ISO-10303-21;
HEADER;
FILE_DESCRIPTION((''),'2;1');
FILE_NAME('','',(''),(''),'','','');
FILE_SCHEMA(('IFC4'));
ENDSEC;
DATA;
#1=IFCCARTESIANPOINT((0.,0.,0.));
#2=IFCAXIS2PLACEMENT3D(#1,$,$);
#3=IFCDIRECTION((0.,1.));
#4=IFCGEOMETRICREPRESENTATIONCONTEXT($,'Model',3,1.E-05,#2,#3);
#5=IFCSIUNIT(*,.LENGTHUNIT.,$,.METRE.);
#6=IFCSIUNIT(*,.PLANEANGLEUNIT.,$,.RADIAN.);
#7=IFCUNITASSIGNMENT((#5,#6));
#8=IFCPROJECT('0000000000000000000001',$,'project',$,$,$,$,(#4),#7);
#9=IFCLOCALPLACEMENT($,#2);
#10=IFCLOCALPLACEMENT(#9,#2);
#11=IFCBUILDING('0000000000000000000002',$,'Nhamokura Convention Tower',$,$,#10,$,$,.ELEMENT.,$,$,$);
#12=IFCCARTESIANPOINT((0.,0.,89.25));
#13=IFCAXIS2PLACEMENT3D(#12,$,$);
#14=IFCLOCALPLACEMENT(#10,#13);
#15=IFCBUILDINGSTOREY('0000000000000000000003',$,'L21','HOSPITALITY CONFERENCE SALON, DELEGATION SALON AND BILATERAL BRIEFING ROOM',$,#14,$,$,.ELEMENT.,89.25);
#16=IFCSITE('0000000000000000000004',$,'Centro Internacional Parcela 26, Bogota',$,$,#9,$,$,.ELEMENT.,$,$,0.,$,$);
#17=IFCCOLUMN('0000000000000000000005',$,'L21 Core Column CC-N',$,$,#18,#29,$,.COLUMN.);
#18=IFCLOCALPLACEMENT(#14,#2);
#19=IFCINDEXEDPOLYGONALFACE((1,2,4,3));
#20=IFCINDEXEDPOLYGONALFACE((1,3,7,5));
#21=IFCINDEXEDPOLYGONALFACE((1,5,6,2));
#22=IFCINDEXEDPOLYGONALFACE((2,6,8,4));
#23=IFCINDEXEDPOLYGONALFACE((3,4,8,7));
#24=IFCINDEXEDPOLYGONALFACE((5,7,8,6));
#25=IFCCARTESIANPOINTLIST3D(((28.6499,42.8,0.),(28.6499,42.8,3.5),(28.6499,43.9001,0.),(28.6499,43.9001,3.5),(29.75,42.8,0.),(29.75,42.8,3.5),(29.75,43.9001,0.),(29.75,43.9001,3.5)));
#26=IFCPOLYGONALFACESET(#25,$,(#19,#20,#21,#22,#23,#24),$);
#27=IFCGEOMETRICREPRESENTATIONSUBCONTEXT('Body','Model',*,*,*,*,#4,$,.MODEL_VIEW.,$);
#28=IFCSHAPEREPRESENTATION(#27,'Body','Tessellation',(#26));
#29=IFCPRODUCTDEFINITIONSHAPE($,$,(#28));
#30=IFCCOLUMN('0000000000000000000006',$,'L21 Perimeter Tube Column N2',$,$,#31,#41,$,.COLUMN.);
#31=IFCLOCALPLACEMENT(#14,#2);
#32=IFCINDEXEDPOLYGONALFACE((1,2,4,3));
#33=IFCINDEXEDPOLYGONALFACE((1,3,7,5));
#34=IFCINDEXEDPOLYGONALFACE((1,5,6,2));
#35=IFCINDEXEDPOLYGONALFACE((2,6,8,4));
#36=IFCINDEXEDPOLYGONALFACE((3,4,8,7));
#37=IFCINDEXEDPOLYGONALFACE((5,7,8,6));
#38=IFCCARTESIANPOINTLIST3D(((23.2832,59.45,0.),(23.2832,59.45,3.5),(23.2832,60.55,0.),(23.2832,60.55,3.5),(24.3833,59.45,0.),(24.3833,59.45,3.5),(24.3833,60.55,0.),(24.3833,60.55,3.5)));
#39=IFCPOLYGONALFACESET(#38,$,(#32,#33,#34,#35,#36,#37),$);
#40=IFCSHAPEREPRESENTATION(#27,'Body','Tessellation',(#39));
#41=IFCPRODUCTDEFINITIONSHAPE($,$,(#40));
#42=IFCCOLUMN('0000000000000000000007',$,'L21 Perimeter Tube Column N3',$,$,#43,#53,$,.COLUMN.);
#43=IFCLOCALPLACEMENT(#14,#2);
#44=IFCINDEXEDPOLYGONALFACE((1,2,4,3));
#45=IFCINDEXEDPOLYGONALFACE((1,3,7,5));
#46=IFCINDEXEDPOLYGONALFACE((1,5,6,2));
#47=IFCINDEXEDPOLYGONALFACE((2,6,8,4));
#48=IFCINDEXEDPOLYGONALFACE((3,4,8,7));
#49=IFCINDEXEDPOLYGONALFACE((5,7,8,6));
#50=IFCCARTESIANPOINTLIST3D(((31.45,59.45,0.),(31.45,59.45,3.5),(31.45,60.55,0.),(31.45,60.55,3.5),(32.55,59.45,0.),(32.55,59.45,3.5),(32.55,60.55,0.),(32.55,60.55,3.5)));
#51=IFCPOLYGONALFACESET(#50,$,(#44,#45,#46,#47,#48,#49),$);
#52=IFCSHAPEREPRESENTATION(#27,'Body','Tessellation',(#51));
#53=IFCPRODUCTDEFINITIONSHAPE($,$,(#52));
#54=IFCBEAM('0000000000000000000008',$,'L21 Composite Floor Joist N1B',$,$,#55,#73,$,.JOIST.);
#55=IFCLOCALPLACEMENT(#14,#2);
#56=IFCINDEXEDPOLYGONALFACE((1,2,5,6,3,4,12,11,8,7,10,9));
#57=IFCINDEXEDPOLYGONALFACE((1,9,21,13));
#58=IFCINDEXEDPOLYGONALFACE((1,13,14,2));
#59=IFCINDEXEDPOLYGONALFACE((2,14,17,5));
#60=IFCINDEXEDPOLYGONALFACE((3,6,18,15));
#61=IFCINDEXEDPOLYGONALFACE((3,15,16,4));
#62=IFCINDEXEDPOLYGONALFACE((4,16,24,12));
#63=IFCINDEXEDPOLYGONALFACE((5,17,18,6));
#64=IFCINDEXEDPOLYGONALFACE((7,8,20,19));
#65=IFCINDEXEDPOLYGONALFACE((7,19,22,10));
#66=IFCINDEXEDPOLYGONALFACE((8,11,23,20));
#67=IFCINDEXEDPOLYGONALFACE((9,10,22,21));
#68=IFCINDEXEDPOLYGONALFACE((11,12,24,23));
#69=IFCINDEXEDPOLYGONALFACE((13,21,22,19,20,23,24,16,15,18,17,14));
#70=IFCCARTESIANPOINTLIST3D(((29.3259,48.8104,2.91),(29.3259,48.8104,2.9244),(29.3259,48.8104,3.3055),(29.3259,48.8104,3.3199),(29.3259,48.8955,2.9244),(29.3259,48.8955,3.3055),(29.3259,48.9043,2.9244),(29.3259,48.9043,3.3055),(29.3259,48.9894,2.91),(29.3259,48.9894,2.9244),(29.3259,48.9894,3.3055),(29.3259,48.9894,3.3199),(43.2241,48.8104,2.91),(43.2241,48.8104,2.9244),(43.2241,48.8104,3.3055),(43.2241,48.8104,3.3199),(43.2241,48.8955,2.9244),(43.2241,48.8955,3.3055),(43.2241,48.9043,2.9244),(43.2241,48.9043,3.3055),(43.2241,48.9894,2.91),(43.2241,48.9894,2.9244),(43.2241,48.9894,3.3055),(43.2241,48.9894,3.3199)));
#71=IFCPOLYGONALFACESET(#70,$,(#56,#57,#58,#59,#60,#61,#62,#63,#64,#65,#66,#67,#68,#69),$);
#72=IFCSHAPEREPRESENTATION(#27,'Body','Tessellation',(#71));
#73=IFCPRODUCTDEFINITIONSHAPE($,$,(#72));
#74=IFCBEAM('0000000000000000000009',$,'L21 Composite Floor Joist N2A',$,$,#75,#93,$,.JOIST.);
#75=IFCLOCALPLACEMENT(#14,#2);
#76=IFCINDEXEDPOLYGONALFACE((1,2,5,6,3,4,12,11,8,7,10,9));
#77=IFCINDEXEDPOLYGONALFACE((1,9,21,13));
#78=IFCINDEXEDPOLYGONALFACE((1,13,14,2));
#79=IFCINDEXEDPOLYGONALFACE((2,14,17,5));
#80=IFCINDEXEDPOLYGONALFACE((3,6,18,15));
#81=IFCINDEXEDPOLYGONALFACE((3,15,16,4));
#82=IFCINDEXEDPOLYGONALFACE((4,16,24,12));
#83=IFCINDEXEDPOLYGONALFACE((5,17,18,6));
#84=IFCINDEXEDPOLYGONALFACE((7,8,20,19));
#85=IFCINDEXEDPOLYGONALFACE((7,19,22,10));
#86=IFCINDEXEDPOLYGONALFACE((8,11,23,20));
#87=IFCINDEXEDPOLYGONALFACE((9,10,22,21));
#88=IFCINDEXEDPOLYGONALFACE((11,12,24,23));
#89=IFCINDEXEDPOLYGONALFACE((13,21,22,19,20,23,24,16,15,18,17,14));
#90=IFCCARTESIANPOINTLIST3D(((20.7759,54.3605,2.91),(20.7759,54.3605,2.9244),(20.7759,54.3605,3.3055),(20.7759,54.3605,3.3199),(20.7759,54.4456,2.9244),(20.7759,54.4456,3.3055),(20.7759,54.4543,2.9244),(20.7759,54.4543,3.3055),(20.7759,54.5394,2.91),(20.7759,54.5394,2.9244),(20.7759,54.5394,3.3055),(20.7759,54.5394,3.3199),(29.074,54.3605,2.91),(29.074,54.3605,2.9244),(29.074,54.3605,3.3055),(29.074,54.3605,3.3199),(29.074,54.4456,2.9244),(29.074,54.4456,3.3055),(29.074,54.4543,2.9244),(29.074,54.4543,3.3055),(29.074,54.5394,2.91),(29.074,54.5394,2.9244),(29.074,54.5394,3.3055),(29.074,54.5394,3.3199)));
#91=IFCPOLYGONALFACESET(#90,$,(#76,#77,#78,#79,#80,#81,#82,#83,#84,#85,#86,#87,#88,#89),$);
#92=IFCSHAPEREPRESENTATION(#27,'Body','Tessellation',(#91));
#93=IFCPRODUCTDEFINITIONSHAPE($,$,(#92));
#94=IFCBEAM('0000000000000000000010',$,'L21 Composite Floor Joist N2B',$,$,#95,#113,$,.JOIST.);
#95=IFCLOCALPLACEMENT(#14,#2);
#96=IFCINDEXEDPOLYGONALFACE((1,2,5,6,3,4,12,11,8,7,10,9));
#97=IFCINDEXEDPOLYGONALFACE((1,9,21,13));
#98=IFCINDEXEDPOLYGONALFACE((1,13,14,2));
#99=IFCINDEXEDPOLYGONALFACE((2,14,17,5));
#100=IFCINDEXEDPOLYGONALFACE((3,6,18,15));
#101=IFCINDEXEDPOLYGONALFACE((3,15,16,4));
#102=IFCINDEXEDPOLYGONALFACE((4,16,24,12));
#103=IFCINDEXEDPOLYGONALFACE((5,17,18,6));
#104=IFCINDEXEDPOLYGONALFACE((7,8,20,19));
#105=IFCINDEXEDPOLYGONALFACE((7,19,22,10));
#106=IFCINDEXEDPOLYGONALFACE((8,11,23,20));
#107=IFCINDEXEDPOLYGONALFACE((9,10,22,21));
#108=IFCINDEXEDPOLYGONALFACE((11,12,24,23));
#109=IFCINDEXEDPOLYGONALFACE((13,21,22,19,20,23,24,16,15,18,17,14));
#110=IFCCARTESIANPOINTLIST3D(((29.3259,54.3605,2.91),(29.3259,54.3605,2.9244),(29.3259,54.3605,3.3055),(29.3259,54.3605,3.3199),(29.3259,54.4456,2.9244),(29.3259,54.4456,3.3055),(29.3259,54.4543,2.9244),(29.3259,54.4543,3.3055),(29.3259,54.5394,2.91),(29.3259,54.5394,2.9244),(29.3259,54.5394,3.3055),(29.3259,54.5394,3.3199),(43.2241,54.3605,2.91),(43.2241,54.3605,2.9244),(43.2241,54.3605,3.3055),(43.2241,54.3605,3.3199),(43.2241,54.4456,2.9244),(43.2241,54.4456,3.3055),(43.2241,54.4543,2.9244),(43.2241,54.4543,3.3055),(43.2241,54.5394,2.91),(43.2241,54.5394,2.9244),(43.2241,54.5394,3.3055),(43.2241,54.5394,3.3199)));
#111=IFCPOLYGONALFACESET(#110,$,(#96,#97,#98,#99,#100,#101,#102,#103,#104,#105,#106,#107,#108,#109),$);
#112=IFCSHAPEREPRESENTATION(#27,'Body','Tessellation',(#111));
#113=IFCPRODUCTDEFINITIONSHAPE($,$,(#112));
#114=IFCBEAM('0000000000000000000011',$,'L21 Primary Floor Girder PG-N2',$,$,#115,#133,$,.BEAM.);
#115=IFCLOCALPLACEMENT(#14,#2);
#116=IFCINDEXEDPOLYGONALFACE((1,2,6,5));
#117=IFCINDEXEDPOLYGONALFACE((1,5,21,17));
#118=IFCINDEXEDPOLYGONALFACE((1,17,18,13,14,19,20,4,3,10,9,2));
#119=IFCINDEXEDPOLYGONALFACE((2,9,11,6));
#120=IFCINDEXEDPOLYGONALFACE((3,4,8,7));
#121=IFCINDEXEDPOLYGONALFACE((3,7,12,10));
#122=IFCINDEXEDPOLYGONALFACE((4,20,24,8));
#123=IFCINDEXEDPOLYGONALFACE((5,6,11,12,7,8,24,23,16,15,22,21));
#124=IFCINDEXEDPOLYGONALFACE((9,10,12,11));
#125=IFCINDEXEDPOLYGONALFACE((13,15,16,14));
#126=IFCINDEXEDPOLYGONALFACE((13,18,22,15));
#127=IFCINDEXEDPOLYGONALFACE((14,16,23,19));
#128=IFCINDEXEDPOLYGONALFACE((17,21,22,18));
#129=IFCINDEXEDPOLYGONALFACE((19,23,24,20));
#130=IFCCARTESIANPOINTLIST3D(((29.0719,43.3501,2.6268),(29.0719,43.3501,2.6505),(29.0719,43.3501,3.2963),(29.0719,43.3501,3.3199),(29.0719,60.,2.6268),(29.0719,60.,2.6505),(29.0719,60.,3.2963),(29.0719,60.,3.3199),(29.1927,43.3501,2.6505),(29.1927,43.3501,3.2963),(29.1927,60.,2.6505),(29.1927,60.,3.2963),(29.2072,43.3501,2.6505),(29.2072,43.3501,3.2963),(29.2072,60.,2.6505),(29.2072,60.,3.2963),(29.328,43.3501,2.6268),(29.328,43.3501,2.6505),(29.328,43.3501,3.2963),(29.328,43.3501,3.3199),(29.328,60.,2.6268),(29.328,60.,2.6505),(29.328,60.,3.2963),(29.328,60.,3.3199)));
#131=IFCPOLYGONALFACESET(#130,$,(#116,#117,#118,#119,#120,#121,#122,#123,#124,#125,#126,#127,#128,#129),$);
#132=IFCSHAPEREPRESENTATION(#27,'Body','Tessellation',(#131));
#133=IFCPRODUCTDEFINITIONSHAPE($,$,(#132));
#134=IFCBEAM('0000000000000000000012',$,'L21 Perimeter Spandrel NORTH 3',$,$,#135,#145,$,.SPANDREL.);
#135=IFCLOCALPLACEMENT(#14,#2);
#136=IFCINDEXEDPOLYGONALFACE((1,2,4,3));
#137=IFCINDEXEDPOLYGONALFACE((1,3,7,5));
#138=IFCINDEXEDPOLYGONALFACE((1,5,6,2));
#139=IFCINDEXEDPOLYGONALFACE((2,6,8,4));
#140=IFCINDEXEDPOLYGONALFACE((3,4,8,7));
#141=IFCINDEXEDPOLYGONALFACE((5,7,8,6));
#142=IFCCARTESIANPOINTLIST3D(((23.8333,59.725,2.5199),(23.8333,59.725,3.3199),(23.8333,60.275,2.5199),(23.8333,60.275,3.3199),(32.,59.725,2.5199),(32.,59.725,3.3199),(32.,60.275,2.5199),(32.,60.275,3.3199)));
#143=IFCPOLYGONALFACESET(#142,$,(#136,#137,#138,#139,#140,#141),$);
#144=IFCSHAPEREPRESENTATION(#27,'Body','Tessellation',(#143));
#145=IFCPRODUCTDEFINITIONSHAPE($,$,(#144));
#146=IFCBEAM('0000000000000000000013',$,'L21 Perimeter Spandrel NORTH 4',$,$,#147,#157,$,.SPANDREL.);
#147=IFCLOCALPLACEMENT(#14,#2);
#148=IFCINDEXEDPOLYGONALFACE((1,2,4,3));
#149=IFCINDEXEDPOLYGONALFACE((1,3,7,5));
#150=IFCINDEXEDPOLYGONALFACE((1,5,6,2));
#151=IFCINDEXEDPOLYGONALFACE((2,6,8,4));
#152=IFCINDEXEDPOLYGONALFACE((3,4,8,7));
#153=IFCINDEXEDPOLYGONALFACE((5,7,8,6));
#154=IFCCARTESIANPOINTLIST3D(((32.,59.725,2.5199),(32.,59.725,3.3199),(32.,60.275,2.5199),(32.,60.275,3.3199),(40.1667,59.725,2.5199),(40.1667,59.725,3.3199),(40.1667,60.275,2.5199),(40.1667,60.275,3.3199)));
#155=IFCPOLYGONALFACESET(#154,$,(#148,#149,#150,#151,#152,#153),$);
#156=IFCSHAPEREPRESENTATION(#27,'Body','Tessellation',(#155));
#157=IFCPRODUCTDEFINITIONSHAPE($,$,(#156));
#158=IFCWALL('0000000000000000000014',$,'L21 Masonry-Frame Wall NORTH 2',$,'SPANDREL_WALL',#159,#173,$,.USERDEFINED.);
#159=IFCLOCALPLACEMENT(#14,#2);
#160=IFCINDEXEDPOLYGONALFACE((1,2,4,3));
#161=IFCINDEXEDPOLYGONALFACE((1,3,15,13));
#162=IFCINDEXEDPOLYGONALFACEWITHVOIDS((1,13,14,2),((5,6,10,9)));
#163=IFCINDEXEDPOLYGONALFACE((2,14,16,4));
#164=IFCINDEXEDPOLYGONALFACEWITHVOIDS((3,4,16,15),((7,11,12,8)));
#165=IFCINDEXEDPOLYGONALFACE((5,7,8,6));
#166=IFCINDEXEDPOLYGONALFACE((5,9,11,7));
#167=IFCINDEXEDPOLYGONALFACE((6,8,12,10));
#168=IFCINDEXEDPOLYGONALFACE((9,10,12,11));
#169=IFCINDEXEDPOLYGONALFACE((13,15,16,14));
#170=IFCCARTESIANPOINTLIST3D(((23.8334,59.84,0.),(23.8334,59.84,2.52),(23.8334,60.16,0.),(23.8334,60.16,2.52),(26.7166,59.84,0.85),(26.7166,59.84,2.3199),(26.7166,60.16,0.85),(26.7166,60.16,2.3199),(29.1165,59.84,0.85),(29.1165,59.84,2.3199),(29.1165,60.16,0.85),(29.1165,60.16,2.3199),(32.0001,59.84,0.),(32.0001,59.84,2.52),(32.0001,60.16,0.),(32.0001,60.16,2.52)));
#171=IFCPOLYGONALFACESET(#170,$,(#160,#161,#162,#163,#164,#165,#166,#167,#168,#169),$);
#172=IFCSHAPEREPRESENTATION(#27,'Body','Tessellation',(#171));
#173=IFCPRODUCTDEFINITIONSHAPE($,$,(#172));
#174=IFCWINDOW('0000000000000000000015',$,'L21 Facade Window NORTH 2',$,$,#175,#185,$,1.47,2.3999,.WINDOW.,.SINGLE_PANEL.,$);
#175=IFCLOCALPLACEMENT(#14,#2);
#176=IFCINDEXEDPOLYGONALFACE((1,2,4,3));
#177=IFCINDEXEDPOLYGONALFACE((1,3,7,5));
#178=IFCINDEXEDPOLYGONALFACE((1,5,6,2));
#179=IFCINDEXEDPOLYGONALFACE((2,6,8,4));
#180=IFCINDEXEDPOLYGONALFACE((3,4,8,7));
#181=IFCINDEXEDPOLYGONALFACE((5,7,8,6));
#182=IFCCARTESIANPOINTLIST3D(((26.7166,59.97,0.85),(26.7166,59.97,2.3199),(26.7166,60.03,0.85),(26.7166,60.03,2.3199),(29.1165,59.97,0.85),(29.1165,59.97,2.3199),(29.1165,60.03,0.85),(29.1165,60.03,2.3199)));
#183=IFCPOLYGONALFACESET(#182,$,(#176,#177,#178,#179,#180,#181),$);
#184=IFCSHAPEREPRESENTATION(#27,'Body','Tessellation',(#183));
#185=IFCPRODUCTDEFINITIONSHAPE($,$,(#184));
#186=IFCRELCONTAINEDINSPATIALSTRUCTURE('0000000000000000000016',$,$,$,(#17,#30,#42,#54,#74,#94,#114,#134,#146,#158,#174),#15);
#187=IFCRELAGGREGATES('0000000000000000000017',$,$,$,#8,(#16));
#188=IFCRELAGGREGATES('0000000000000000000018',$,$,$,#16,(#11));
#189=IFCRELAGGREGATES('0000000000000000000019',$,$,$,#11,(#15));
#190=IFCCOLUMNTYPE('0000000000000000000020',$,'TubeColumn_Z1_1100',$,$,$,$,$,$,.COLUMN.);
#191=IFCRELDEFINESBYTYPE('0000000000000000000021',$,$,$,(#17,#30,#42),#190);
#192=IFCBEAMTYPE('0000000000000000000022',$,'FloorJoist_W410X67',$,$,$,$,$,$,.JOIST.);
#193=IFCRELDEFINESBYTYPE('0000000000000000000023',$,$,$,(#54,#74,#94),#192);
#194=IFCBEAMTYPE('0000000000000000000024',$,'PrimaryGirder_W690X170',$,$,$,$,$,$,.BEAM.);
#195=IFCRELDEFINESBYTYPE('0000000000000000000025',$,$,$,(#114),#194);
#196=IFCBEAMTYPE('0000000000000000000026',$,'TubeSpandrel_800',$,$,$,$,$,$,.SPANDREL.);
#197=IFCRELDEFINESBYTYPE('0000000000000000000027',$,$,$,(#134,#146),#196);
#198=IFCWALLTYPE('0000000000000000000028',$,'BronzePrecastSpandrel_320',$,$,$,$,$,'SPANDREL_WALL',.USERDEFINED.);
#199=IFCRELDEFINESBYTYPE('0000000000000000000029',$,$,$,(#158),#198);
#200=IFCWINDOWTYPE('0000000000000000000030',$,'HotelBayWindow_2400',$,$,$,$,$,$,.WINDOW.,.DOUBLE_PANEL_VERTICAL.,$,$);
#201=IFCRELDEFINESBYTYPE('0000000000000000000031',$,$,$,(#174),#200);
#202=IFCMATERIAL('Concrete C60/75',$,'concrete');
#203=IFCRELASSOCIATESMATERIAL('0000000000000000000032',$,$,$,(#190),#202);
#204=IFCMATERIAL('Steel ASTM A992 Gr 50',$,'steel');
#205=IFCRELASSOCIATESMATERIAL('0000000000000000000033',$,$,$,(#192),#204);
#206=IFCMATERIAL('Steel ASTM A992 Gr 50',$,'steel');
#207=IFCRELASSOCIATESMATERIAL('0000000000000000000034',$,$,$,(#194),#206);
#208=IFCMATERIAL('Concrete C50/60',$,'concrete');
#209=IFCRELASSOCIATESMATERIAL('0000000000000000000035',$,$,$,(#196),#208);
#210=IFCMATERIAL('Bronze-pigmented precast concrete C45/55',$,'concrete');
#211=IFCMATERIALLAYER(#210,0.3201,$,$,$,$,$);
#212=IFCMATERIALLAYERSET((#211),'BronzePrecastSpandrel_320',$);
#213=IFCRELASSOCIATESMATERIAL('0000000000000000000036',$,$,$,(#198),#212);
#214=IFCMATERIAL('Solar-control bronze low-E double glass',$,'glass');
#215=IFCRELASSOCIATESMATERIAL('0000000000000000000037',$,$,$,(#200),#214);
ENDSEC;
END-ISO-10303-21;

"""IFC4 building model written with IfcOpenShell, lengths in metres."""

from ifc_helpers import new_model, si_unit, direction, frame, frame_2d, origin, origin_2d, place, context, subcontext, project, spatial, rectangle, i_section, extrude, material, layer, layer_set, material_profile, profile_set, type_object, element, fill, save


model = new_model("IFC4")

# Units and contexts
model_context = context("Model", 3, precision=1e-05, world=origin(), true_north=direction((0.0, 1.0)))
body_context = subcontext(model_context, "Body", "Model", "MODEL_VIEW")
ifc_project = project(units=[si_unit("LENGTHUNIT", "METRE"), si_unit("PLANEANGLEUNIT", "RADIAN")], contexts=[model_context])

# Site, building, storey
site_placement = place(None, origin())
site = spatial("IfcSite", under=ifc_project, at=site_placement, Name="Centro Internacional Parcela 26, Bogota", CompositionType="ELEMENT", RefElevation=0.0)
building_placement = place(site_placement, origin())
building = spatial("IfcBuilding", under=site, at=building_placement, Name="Nhamokura Convention Tower", CompositionType="ELEMENT")
storey_placement = place(building_placement, frame((0.0, 0.0, 89.25)))
storey = spatial("IfcBuildingStorey", under=building, at=storey_placement, Name="L21", Description="HOSPITALITY CONFERENCE SALON, DELEGATION SALON AND BILATERAL BRIEFING ROOM", CompositionType="ELEMENT", Elevation=89.25)

# Columns
ifc_material_1 = material(Name="Concrete C60/75", Category="concrete")
ifc_material_profile_1 = material_profile(ifc_material_1, rectangle(XDim=1.1001, YDim=1.1001, at=origin_2d()))
ifc_profile_set_1 = profile_set([ifc_material_profile_1], Name="Concrete C60/75")
column_type = type_object("IfcColumnType", Name="TubeColumn_Z1_1100", PredefinedType="COLUMN", material=ifc_profile_set_1)
for number, where, z_axis, x_axis, name in (
    (1, (29.2, 43.3501, 0.0), (0.0, 0.0, 1.0), (1.0, 0.0, 0.0), "L21 Core Column CC-N"),
    (2, (23.8333, 60.0, 0.0), (0.0, 0.0, 1.0), (1.0, 0.0, 0.0), "L21 Perimeter Tube Column N2"),
    (3, (32.0, 60.0, 0.0), (0.0, 0.0, 1.0), (1.0, 0.0, 0.0), "L21 Perimeter Tube Column N3"),
):
    element("IfcColumn", number, at=place(storey_placement, frame(where, z_axis=z_axis, x_axis=x_axis)), inside=storey, type_object=column_type, Name=name, PredefinedType="COLUMN", context=body_context, shape_type="SweptSolid", body=[
        extrude(rectangle(XDim=1.1001, YDim=1.1001, at=origin_2d()), origin(), (0.0, 0.0, 1.0), 3.5),
    ])

# Beams
ifc_material_2 = material(Name="Steel ASTM A992 Gr 50", Category="steel")
ifc_material_profile_2 = material_profile(ifc_material_2, i_section(OverallWidth=0.179, OverallDepth=0.4099, WebThickness=0.0088, FlangeThickness=0.0144, at=origin_2d()))
ifc_profile_set_2 = profile_set([ifc_material_profile_2], Name="Steel ASTM A992 Gr 50")
beam_type_1 = type_object("IfcBeamType", Name="FloorJoist_W410X67", PredefinedType="JOIST", material=ifc_profile_set_2)
beam_1_placement = place(storey_placement, frame((29.3259, 48.8999, 3.115), z_axis=(1.0, 0.0, 0.0), x_axis=(0.0, 1.0, 0.0)))
element("IfcBeam", 4, at=beam_1_placement, inside=storey, type_object=beam_type_1, Name="L21 Composite Floor Joist N1B", PredefinedType="JOIST", context=body_context, shape_type="SweptSolid", body=[
    extrude(i_section(OverallWidth=0.179, OverallDepth=0.4099, WebThickness=0.0088, FlangeThickness=0.0144, at=origin_2d()), origin(), (0.0, 0.0, 1.0), 13.8982),
])
beam_2_placement = place(storey_placement, frame((20.7759, 54.45, 3.115), z_axis=(1.0, 0.0, 0.0), x_axis=(0.0, 1.0, 0.0)))
element("IfcBeam", 5, at=beam_2_placement, inside=storey, type_object=beam_type_1, Name="L21 Composite Floor Joist N2A", PredefinedType="JOIST", context=body_context, shape_type="SweptSolid", body=[
    extrude(i_section(OverallWidth=0.179, OverallDepth=0.4099, WebThickness=0.0088, FlangeThickness=0.0144, at=origin_2d()), origin(), (0.0, 0.0, 1.0), 8.2981),
])
beam_3_placement = place(storey_placement, frame((29.3259, 54.45, 3.115), z_axis=(1.0, 0.0, 0.0), x_axis=(0.0, 1.0, 0.0)))
element("IfcBeam", 6, at=beam_3_placement, inside=storey, type_object=beam_type_1, Name="L21 Composite Floor Joist N2B", PredefinedType="JOIST", context=body_context, shape_type="SweptSolid", body=[
    extrude(i_section(OverallWidth=0.179, OverallDepth=0.4099, WebThickness=0.0088, FlangeThickness=0.0144, at=origin_2d()), origin(), (0.0, 0.0, 1.0), 13.8982),
])
ifc_material_3 = material(Name="Steel ASTM A992 Gr 50", Category="steel")
ifc_material_profile_3 = material_profile(ifc_material_3, i_section(OverallWidth=0.2561, OverallDepth=0.6931, WebThickness=0.0144, FlangeThickness=0.0237, at=origin_2d()))
ifc_profile_set_3 = profile_set([ifc_material_profile_3], Name="Steel ASTM A992 Gr 50")
beam_type_2 = type_object("IfcBeamType", Name="PrimaryGirder_W690X170", PredefinedType="BEAM", material=ifc_profile_set_3)
beam_4_placement = place(storey_placement, frame((29.2, 43.3501, 2.9734), z_axis=(0.0, 1.0, 0.0), x_axis=(-1.0, 0.0, 0.0)))
element("IfcBeam", 7, at=beam_4_placement, inside=storey, type_object=beam_type_2, Name="L21 Primary Floor Girder PG-N2", PredefinedType="BEAM", context=body_context, shape_type="SweptSolid", body=[
    extrude(i_section(OverallWidth=0.2561, OverallDepth=0.6931, WebThickness=0.0144, FlangeThickness=0.0237, at=origin_2d()), origin(), (0.0, 0.0, 1.0), 16.6499),
])
ifc_material_4 = material(Name="Concrete C50/60", Category="concrete")
ifc_material_profile_4 = material_profile(ifc_material_4, rectangle(XDim=0.55, YDim=0.8, at=origin_2d()))
ifc_profile_set_4 = profile_set([ifc_material_profile_4], Name="Concrete C50/60")
beam_type_3 = type_object("IfcBeamType", Name="TubeSpandrel_800", PredefinedType="SPANDREL", material=ifc_profile_set_4)
for number, where, z_axis, x_axis, name in (
    (8, (23.8333, 60.0, 2.9199), (1.0, 0.0, 0.0), (0.0, 1.0, 0.0), "L21 Perimeter Spandrel NORTH 3"),
    (9, (32.0, 60.0, 2.9199), (1.0, 0.0, 0.0), (0.0, 1.0, 0.0), "L21 Perimeter Spandrel NORTH 4"),
):
    element("IfcBeam", number, at=place(storey_placement, frame(where, z_axis=z_axis, x_axis=x_axis)), inside=storey, type_object=beam_type_3, Name=name, PredefinedType="SPANDREL", context=body_context, shape_type="SweptSolid", body=[
        extrude(rectangle(XDim=0.55, YDim=0.8, at=origin_2d()), origin(), (0.0, 0.0, 1.0), 8.1667),
    ])

# Wall, opening, window
ifc_material_5 = material(Name="Bronze-pigmented precast concrete C45/55", Category="concrete")
ifc_layer_1 = layer(ifc_material_5, 0.3201)
ifc_layer_set_1 = layer_set([ifc_layer_1], Name="BronzePrecastSpandrel_320")
wall_type_1 = type_object("IfcWallType", Name="BronzePrecastSpandrel_320", ElementType="SPANDREL_WALL", PredefinedType="USERDEFINED", material=ifc_layer_set_1)
wall_1_placement = place(storey_placement, frame((23.8333, 60.0, 0.0), z_axis=(0.0, 0.0, 1.0), x_axis=(1.0, 0.0, 0.0)))
wall_1 = element("IfcWall", 10, at=wall_1_placement, inside=storey, type_object=wall_type_1, Name="L21 Masonry-Frame Wall NORTH 2", ObjectType="SPANDREL_WALL", PredefinedType="USERDEFINED", context=body_context, shape_type="SweptSolid", body=[
    extrude(rectangle(XDim=8.1667, YDim=0.3201, at=frame_2d((4.0835, 0.0))), origin(), (0.0, 0.0, 1.0), 2.52),
])
opening_1_placement = place(wall_1_placement, frame((2.8833, 0.0, 0.8501)))
opening_1 = element("IfcOpeningElement", 11, at=opening_1_placement, cuts=wall_1, PredefinedType="OPENING", context=body_context, shape_type="SweptSolid", body=[
    extrude(rectangle(XDim=2.3999, YDim=1.47, at=frame_2d((1.2, 0.7349))), frame((0.0, 0.1699, 0.0), z_axis=(0.0, -1.0, 0.0), x_axis=(1.0, 0.0, 0.0)), (0.0, 0.0, 1.0), 0.3401),
])
ifc_material_6 = material(Name="Solar-control bronze low-E double glass", Category="glass")
window_type = type_object("IfcWindowType", Name="HotelBayWindow_2400", PartitioningType="DOUBLE_PANEL_VERTICAL", PredefinedType="WINDOW", material=ifc_material_6)
window_1_placement = place(opening_1_placement, origin())
window_1 = element("IfcWindow", 12, at=window_1_placement, inside=storey, type_object=window_type, Name="L21 Facade Window NORTH 2", OverallHeight=1.47, OverallWidth=2.3999, PartitioningType="SINGLE_PANEL", PredefinedType="WINDOW", context=body_context, shape_type="SweptSolid", body=[
    extrude(rectangle(XDim=2.3999, YDim=1.47, at=frame_2d((1.2, 0.7349))), frame((0.0, 0.03, 0.0), z_axis=(0.0, -1.0, 0.0), x_axis=(1.0, 0.0, 0.0)), (0.0, 0.0, 1.0), 0.0601),
])
fill(opening_1, window_1)

save(model, "model.ifc")
